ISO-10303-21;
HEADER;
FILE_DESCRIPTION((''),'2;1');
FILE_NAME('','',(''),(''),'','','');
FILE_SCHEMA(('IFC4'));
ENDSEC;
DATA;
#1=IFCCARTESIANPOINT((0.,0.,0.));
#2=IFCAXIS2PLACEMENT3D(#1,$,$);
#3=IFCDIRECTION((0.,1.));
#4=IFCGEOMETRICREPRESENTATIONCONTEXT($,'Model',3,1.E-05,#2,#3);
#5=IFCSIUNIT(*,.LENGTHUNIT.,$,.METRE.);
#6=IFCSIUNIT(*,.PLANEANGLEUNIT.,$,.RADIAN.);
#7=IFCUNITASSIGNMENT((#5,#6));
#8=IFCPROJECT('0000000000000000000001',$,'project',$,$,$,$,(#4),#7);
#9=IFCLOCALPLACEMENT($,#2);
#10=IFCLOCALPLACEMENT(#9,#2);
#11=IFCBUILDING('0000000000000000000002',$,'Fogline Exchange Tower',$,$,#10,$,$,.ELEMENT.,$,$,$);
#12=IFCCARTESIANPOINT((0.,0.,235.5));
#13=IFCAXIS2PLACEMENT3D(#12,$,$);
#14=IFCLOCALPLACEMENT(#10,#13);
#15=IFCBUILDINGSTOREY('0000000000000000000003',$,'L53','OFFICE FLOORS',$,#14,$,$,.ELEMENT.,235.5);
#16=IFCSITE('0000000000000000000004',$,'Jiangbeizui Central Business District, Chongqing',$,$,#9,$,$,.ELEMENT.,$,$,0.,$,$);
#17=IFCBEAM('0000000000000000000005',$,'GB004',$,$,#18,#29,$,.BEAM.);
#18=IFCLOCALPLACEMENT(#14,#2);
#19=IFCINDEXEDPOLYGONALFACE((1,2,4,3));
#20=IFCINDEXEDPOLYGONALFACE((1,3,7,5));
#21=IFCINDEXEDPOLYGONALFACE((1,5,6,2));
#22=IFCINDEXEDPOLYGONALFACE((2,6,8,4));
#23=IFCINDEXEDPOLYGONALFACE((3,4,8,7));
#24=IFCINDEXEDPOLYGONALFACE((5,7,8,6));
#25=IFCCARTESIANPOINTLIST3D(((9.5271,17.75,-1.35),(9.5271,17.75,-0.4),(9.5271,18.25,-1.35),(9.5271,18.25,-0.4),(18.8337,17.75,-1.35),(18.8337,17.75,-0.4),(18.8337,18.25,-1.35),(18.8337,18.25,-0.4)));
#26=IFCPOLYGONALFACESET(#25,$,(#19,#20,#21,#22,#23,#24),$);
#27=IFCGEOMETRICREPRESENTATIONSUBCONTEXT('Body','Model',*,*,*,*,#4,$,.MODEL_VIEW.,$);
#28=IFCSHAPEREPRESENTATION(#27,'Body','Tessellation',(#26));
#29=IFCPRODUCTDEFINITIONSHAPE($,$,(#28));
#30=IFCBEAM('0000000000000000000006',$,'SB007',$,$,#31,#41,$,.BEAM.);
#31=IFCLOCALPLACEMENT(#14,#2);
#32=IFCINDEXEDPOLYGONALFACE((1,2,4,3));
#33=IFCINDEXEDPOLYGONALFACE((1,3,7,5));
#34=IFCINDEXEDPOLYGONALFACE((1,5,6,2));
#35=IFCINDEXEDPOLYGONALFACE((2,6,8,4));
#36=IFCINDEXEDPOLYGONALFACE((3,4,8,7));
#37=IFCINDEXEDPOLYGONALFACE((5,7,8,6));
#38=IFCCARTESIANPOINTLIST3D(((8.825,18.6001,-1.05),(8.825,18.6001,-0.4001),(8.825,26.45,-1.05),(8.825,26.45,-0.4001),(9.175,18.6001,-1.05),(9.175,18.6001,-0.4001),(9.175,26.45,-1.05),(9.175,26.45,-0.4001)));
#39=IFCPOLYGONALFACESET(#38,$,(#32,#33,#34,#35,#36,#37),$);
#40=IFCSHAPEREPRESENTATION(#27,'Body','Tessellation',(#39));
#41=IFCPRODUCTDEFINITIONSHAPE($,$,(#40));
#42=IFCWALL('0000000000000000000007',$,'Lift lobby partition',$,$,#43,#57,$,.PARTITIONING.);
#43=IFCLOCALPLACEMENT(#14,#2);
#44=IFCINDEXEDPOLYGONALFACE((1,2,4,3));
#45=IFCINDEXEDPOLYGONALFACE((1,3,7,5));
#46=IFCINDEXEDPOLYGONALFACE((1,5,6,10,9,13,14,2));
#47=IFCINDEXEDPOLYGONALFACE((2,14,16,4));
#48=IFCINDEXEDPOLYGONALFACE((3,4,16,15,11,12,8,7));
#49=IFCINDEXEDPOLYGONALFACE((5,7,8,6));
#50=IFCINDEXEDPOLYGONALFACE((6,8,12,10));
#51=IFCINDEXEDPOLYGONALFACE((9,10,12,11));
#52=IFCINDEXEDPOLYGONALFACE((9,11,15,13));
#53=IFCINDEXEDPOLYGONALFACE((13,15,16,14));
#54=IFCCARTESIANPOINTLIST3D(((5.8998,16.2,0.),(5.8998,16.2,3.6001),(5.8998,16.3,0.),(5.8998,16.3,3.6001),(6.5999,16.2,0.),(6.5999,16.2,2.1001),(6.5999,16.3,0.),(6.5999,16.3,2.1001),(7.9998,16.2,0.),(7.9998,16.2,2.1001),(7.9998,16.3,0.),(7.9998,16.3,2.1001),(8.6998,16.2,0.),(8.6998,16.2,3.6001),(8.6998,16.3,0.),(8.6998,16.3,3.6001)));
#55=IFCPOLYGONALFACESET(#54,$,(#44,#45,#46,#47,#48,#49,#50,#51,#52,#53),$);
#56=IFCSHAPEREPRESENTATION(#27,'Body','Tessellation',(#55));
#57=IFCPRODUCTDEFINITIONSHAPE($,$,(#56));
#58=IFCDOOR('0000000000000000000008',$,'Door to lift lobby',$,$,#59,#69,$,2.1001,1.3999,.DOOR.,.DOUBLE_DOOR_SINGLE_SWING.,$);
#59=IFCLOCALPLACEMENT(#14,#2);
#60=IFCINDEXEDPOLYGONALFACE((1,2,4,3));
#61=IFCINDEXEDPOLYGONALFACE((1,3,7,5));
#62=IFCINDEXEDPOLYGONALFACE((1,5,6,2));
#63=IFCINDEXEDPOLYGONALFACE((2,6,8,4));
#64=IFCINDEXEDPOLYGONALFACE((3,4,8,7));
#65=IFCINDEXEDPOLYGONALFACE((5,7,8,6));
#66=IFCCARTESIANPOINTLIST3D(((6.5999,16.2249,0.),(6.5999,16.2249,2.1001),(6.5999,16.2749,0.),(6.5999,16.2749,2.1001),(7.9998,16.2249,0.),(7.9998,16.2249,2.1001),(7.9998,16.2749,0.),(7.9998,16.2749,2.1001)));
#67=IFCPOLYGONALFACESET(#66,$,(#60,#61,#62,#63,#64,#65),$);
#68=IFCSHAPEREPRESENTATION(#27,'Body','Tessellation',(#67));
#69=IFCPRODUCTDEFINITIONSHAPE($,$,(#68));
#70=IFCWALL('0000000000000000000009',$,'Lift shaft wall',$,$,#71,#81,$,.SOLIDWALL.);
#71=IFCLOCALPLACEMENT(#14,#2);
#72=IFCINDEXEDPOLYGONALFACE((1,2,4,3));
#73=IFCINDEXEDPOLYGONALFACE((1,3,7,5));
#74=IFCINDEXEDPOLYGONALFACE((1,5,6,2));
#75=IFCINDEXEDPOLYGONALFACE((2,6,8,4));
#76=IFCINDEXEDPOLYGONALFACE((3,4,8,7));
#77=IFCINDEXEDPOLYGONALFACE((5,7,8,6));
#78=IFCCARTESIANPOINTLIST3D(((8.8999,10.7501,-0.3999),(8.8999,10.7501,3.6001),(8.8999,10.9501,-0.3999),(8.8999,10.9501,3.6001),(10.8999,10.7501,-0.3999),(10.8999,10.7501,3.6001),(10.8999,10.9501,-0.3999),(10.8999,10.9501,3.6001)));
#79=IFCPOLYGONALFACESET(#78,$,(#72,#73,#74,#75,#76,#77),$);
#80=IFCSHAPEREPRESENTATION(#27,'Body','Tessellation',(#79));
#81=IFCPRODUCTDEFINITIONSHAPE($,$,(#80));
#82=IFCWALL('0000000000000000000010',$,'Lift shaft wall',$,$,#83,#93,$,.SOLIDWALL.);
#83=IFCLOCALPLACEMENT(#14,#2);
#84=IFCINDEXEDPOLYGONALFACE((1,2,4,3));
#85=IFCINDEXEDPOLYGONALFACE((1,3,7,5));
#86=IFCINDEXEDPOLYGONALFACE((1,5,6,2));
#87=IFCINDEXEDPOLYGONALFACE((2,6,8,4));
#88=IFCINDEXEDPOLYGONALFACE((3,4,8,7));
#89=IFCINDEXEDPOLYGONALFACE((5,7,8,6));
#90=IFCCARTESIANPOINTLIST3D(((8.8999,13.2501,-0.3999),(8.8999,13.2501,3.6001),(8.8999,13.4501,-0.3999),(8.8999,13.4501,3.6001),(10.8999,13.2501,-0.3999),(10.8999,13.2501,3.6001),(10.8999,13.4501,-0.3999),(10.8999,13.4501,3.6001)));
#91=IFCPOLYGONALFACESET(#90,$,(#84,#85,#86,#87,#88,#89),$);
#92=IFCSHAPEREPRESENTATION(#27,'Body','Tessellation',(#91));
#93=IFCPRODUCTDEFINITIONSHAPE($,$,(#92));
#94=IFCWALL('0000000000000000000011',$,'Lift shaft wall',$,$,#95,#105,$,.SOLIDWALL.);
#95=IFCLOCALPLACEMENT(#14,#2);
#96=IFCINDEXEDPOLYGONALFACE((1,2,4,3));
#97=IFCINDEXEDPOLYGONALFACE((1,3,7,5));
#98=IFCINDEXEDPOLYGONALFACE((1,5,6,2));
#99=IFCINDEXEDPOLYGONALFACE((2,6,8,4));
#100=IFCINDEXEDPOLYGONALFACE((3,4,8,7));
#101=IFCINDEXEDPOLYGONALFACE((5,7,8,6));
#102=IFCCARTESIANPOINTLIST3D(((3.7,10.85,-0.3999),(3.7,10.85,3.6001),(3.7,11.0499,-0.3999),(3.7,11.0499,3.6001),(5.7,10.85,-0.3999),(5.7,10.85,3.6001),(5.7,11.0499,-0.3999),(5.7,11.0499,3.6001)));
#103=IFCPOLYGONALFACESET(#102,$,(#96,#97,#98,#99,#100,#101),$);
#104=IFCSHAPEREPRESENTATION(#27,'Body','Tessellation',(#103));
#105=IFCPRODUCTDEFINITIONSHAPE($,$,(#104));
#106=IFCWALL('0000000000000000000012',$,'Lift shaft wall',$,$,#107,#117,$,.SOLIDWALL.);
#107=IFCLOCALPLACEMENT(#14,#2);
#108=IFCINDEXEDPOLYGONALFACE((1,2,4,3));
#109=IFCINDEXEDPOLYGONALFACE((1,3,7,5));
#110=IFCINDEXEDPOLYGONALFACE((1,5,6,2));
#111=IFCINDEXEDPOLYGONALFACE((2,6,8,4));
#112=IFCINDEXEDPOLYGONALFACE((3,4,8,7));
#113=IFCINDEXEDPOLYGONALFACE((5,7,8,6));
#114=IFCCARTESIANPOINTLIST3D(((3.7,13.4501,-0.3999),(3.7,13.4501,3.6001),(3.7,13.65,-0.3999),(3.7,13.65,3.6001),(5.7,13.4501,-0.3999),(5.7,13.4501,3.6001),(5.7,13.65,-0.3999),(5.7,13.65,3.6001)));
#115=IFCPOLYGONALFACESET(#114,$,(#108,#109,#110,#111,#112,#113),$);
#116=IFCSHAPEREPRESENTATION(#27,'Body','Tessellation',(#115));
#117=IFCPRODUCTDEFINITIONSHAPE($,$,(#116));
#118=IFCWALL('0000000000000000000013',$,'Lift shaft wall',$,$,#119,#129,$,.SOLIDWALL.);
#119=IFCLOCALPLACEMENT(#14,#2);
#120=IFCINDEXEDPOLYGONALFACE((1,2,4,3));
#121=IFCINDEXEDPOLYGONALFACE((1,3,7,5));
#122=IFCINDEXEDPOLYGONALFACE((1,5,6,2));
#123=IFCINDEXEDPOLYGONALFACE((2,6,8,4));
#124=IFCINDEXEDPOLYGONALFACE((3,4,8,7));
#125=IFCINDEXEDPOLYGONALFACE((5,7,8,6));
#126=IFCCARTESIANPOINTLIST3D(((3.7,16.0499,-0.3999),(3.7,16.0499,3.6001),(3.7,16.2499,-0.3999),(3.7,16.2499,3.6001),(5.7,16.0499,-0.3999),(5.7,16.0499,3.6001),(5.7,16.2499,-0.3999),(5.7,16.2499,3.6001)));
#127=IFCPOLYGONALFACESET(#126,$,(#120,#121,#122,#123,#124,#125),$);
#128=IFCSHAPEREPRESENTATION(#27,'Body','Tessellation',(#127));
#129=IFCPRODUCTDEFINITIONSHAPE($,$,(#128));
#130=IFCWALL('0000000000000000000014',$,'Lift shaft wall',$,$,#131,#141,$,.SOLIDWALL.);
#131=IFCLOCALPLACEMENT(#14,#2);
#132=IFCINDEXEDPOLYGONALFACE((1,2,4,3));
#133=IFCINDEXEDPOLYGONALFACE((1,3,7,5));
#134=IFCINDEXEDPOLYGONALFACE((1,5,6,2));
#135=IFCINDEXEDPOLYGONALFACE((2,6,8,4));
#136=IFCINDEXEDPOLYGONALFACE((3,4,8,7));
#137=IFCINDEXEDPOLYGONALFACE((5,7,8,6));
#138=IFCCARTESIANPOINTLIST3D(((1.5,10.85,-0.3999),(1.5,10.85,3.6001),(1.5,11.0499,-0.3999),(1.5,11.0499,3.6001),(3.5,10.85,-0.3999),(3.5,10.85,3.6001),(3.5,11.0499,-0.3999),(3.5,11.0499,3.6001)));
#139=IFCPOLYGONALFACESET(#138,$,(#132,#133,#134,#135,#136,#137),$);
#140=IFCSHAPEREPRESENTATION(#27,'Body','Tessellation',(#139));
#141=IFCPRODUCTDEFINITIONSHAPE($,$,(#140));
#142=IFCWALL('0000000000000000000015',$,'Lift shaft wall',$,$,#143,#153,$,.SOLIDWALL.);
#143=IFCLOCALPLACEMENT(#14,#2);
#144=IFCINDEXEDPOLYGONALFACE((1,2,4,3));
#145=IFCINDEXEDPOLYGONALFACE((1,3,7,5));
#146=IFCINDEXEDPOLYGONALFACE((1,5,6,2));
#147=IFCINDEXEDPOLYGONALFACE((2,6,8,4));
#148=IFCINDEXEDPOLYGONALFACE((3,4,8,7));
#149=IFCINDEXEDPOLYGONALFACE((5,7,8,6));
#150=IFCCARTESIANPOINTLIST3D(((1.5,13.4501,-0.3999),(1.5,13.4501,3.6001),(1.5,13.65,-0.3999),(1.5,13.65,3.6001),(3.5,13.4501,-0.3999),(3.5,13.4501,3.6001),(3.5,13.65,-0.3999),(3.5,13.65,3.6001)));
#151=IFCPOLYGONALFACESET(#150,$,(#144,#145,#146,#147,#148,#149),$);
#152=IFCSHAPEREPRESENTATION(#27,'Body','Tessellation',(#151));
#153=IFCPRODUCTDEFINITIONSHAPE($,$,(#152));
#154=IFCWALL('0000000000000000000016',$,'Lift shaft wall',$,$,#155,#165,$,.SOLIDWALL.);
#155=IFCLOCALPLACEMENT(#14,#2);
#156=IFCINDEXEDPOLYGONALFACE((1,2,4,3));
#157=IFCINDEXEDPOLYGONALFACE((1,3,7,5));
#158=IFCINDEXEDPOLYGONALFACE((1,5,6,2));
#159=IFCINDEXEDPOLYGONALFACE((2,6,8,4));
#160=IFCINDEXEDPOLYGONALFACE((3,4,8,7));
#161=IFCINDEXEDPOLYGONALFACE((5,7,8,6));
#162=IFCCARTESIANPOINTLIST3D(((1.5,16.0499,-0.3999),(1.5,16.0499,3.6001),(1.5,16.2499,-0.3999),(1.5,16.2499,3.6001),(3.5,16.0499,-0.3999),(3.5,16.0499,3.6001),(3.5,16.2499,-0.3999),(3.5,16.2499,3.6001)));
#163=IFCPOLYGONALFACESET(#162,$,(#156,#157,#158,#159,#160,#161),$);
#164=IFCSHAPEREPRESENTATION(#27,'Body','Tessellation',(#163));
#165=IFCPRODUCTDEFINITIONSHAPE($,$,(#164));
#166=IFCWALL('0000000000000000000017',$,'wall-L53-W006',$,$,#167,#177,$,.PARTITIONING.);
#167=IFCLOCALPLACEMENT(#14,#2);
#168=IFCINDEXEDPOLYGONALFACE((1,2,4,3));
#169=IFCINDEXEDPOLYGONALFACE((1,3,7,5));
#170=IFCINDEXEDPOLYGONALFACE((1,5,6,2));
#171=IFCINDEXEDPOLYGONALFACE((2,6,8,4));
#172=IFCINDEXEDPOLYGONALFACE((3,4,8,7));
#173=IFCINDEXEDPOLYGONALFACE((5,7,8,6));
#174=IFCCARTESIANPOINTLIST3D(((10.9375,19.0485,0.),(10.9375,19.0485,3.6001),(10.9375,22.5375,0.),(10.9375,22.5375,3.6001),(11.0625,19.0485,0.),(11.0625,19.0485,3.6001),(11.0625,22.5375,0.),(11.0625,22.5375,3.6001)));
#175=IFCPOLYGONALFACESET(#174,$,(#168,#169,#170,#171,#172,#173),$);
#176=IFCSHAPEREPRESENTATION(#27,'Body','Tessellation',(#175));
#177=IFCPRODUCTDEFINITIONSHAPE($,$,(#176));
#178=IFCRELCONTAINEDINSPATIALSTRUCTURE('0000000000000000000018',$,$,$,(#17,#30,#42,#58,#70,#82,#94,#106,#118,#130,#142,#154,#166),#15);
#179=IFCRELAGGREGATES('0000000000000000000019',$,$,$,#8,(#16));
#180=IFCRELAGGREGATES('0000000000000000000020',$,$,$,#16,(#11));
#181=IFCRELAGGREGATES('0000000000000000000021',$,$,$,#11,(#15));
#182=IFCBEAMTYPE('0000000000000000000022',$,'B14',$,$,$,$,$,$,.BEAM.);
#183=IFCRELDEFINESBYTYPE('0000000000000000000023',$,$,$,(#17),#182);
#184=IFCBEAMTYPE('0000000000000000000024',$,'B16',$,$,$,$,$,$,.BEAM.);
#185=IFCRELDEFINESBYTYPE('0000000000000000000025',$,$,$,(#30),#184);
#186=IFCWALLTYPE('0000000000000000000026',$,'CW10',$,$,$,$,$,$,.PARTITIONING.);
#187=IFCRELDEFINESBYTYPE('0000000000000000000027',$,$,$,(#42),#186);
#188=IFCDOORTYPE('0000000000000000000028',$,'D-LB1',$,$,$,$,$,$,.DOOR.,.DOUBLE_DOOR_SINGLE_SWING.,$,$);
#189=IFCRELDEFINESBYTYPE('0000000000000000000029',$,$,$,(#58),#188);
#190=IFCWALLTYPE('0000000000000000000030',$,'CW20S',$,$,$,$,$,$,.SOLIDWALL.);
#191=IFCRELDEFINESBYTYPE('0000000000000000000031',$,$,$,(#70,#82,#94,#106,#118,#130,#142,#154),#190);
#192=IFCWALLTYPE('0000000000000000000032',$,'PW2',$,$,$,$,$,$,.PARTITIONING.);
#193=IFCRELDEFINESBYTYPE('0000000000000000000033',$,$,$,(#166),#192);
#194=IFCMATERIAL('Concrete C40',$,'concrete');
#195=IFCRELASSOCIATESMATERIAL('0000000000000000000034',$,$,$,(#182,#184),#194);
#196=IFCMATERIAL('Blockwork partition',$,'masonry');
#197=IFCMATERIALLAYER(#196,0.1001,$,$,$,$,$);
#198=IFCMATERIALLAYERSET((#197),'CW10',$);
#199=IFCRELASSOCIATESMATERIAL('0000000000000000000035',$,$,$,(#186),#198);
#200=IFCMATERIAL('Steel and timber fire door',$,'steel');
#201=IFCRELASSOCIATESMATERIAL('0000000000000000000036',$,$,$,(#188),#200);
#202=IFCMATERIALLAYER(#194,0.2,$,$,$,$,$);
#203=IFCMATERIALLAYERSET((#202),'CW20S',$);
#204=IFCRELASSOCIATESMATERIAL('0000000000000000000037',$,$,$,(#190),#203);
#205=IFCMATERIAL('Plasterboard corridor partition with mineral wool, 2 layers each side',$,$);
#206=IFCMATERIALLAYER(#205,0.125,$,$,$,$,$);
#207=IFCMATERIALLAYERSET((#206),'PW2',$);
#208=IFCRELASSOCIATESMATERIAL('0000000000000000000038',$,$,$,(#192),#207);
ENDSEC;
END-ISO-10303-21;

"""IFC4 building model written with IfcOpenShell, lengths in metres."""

from ifc_helpers import new_model, si_unit, direction, frame, frame_2d, origin, origin_2d, place, context, subcontext, project, spatial, rectangle, extrude, material, layer, layer_set, material_profile, profile_set, type_object, element, fill, save


model = new_model("IFC4")

# Units and contexts
model_context = context("Model", 3, precision=1e-05, world=origin(), true_north=direction((0.0, 1.0)))
body_context = subcontext(model_context, "Body", "Model", "MODEL_VIEW")
ifc_project = project(units=[si_unit("LENGTHUNIT", "METRE"), si_unit("PLANEANGLEUNIT", "RADIAN")], contexts=[model_context])

# Site, building, storey
site_placement = place(None, origin())
site = spatial("IfcSite", under=ifc_project, at=site_placement, Name="Jiangbeizui Central Business District, Chongqing", CompositionType="ELEMENT", RefElevation=0.0)
building_placement = place(site_placement, origin())
building = spatial("IfcBuilding", under=site, at=building_placement, Name="Fogline Exchange Tower", CompositionType="ELEMENT")
storey_placement = place(building_placement, frame((0.0, 0.0, 235.5)))
storey = spatial("IfcBuildingStorey", under=building, at=storey_placement, Name="L53", Description="OFFICE FLOORS", CompositionType="ELEMENT", Elevation=235.5)

# Beams
ifc_material_1 = material(Name="Concrete C40", Category="concrete")
ifc_material_profile_1 = material_profile(ifc_material_1, rectangle(XDim=0.5, YDim=0.95, at=origin_2d()), Name="RC 500x950")
ifc_profile_set_1 = profile_set([ifc_material_profile_1], Name="Concrete C40")
beam_type_1 = type_object("IfcBeamType", Name="B14", PredefinedType="BEAM", material=ifc_profile_set_1)
beam_1_placement = place(storey_placement, frame((9.5271, 18.0, -0.875), z_axis=(1.0, 0.0, 0.0), x_axis=(0.0, 1.0, 0.0)))
element("IfcBeam", 1, at=beam_1_placement, inside=storey, type_object=beam_type_1, Name="GB004", PredefinedType="BEAM", context=body_context, shape_type="SweptSolid", body=[
    extrude(rectangle(XDim=0.5, YDim=0.95, at=origin_2d()), origin(), (0.0, 0.0, 1.0), 9.3066),
])
ifc_material_profile_2 = material_profile(ifc_material_1, rectangle(XDim=0.3501, YDim=0.6499, at=origin_2d()), Name="RC 350x650")
ifc_profile_set_2 = profile_set([ifc_material_profile_2], Name="Concrete C40")
beam_type_2 = type_object("IfcBeamType", Name="B16", PredefinedType="BEAM", material=ifc_profile_set_2)
beam_2_placement = place(storey_placement, frame((9.0, 18.6001, -0.7251), z_axis=(0.0, 1.0, 0.0), x_axis=(-1.0, 0.0, 0.0)))
element("IfcBeam", 2, at=beam_2_placement, inside=storey, type_object=beam_type_2, Name="SB007", PredefinedType="BEAM", context=body_context, shape_type="SweptSolid", body=[
    extrude(rectangle(XDim=0.3501, YDim=0.6499, at=origin_2d()), origin(), (0.0, 0.0, 1.0), 7.8499),
])

# Wall, opening, door
ifc_material_2 = material(Name="Blockwork partition", Category="masonry")
ifc_layer_1 = layer(ifc_material_2, 0.1001)
ifc_layer_set_1 = layer_set([ifc_layer_1], Name="CW10")
wall_type_1 = type_object("IfcWallType", Name="CW10", PredefinedType="PARTITIONING", material=ifc_layer_set_1)
wall_1_placement = place(storey_placement, frame((5.8999, 16.25, 0.0), z_axis=(0.0, 0.0, 1.0), x_axis=(1.0, 0.0, 0.0)))
wall_1 = element("IfcWall", 3, at=wall_1_placement, inside=storey, type_object=wall_type_1, Name="Lift lobby partition", PredefinedType="PARTITIONING", context=body_context, shape_type="SweptSolid", body=[
    extrude(rectangle(XDim=2.8, YDim=0.1001, at=frame_2d((1.3999, 0.0))), origin(), (0.0, 0.0, 1.0), 3.6001),
])
opening_1_placement = place(wall_1_placement, frame((0.7, 0.0, 0.0)))
opening_1 = element("IfcOpeningElement", 4, at=opening_1_placement, cuts=wall_1, PredefinedType="OPENING", context=body_context, shape_type="SweptSolid", body=[
    extrude(rectangle(XDim=1.3999, YDim=2.1001, at=frame_2d((0.7, 1.05))), frame((0.0, 0.0601, 0.0), z_axis=(0.0, -1.0, 0.0), x_axis=(1.0, 0.0, 0.0)), (0.0, 0.0, 1.0), 0.1201),
])
ifc_material_3 = material(Name="Steel and timber fire door", Category="steel")
door_type_1 = type_object("IfcDoorType", Name="D-LB1", OperationType="DOUBLE_DOOR_SINGLE_SWING", PredefinedType="DOOR", material=ifc_material_3)
door_1_placement = place(opening_1_placement, origin())
door_1 = element("IfcDoor", 5, at=door_1_placement, inside=storey, type_object=door_type_1, Name="Door to lift lobby", OperationType="DOUBLE_DOOR_SINGLE_SWING", OverallHeight=2.1001, OverallWidth=1.3999, PredefinedType="DOOR", context=body_context, shape_type="SweptSolid", body=[
    extrude(rectangle(XDim=1.3999, YDim=2.1001, at=frame_2d((0.7, 1.05))), frame((0.0, 0.0249, 0.0), z_axis=(0.0, -1.0, 0.0), x_axis=(1.0, 0.0, 0.0)), (0.0, 0.0, 1.0), 0.05),
])
fill(opening_1, door_1)

# Walls
ifc_layer_2 = layer(ifc_material_1, 0.2)
ifc_layer_set_2 = layer_set([ifc_layer_2], Name="CW20S")
wall_type_2 = type_object("IfcWallType", Name="CW20S", PredefinedType="SOLIDWALL", material=ifc_layer_set_2)
for number, where, z_axis, x_axis, name in (
    (6, (8.8999, 10.8501, -0.3999), (0.0, 0.0, 1.0), (1.0, 0.0, 0.0), "Lift shaft wall"),
    (7, (8.8999, 13.3501, -0.3999), (0.0, 0.0, 1.0), (1.0, 0.0, 0.0), "Lift shaft wall"),
    (8, (3.7, 10.95, -0.3999), (0.0, 0.0, 1.0), (1.0, 0.0, 0.0), "Lift shaft wall"),
    (9, (3.7, 13.55, -0.3999), (0.0, 0.0, 1.0), (1.0, 0.0, 0.0), "Lift shaft wall"),
    (10, (3.7, 16.1499, -0.3999), (0.0, 0.0, 1.0), (1.0, 0.0, 0.0), "Lift shaft wall"),
    (11, (1.5, 10.95, -0.3999), (0.0, 0.0, 1.0), (1.0, 0.0, 0.0), "Lift shaft wall"),
    (12, (1.5, 13.55, -0.3999), (0.0, 0.0, 1.0), (1.0, 0.0, 0.0), "Lift shaft wall"),
    (13, (1.5, 16.1499, -0.3999), (0.0, 0.0, 1.0), (1.0, 0.0, 0.0), "Lift shaft wall"),
):
    element("IfcWall", number, at=place(storey_placement, frame(where, z_axis=z_axis, x_axis=x_axis)), inside=storey, type_object=wall_type_2, Name=name, PredefinedType="SOLIDWALL", context=body_context, shape_type="SweptSolid", body=[
        extrude(rectangle(XDim=2.0, YDim=0.2, at=frame_2d((1.0, 0.0))), origin(), (0.0, 0.0, 1.0), 4.0),
    ])
ifc_material_4 = material(Name="Plasterboard corridor partition with mineral wool, 2 layers each side")
ifc_layer_3 = layer(ifc_material_4, 0.125)
ifc_layer_set_3 = layer_set([ifc_layer_3], Name="PW2")
wall_type_3 = type_object("IfcWallType", Name="PW2", PredefinedType="PARTITIONING", material=ifc_layer_set_3)
wall_2_placement = place(storey_placement, frame((11.0, 22.5376, 0.0), z_axis=(0.0, 0.0, 1.0), x_axis=(0.0, -1.0, 0.0)))
element("IfcWall", 14, at=wall_2_placement, inside=storey, type_object=wall_type_3, Name="wall-L53-W006", PredefinedType="PARTITIONING", context=body_context, shape_type="SweptSolid", body=[
    extrude(rectangle(XDim=3.489, YDim=0.125, at=frame_2d((1.7446, 0.0))), origin(), (0.0, 0.0, 1.0), 3.6001),
])

save(model, "model.ifc")
